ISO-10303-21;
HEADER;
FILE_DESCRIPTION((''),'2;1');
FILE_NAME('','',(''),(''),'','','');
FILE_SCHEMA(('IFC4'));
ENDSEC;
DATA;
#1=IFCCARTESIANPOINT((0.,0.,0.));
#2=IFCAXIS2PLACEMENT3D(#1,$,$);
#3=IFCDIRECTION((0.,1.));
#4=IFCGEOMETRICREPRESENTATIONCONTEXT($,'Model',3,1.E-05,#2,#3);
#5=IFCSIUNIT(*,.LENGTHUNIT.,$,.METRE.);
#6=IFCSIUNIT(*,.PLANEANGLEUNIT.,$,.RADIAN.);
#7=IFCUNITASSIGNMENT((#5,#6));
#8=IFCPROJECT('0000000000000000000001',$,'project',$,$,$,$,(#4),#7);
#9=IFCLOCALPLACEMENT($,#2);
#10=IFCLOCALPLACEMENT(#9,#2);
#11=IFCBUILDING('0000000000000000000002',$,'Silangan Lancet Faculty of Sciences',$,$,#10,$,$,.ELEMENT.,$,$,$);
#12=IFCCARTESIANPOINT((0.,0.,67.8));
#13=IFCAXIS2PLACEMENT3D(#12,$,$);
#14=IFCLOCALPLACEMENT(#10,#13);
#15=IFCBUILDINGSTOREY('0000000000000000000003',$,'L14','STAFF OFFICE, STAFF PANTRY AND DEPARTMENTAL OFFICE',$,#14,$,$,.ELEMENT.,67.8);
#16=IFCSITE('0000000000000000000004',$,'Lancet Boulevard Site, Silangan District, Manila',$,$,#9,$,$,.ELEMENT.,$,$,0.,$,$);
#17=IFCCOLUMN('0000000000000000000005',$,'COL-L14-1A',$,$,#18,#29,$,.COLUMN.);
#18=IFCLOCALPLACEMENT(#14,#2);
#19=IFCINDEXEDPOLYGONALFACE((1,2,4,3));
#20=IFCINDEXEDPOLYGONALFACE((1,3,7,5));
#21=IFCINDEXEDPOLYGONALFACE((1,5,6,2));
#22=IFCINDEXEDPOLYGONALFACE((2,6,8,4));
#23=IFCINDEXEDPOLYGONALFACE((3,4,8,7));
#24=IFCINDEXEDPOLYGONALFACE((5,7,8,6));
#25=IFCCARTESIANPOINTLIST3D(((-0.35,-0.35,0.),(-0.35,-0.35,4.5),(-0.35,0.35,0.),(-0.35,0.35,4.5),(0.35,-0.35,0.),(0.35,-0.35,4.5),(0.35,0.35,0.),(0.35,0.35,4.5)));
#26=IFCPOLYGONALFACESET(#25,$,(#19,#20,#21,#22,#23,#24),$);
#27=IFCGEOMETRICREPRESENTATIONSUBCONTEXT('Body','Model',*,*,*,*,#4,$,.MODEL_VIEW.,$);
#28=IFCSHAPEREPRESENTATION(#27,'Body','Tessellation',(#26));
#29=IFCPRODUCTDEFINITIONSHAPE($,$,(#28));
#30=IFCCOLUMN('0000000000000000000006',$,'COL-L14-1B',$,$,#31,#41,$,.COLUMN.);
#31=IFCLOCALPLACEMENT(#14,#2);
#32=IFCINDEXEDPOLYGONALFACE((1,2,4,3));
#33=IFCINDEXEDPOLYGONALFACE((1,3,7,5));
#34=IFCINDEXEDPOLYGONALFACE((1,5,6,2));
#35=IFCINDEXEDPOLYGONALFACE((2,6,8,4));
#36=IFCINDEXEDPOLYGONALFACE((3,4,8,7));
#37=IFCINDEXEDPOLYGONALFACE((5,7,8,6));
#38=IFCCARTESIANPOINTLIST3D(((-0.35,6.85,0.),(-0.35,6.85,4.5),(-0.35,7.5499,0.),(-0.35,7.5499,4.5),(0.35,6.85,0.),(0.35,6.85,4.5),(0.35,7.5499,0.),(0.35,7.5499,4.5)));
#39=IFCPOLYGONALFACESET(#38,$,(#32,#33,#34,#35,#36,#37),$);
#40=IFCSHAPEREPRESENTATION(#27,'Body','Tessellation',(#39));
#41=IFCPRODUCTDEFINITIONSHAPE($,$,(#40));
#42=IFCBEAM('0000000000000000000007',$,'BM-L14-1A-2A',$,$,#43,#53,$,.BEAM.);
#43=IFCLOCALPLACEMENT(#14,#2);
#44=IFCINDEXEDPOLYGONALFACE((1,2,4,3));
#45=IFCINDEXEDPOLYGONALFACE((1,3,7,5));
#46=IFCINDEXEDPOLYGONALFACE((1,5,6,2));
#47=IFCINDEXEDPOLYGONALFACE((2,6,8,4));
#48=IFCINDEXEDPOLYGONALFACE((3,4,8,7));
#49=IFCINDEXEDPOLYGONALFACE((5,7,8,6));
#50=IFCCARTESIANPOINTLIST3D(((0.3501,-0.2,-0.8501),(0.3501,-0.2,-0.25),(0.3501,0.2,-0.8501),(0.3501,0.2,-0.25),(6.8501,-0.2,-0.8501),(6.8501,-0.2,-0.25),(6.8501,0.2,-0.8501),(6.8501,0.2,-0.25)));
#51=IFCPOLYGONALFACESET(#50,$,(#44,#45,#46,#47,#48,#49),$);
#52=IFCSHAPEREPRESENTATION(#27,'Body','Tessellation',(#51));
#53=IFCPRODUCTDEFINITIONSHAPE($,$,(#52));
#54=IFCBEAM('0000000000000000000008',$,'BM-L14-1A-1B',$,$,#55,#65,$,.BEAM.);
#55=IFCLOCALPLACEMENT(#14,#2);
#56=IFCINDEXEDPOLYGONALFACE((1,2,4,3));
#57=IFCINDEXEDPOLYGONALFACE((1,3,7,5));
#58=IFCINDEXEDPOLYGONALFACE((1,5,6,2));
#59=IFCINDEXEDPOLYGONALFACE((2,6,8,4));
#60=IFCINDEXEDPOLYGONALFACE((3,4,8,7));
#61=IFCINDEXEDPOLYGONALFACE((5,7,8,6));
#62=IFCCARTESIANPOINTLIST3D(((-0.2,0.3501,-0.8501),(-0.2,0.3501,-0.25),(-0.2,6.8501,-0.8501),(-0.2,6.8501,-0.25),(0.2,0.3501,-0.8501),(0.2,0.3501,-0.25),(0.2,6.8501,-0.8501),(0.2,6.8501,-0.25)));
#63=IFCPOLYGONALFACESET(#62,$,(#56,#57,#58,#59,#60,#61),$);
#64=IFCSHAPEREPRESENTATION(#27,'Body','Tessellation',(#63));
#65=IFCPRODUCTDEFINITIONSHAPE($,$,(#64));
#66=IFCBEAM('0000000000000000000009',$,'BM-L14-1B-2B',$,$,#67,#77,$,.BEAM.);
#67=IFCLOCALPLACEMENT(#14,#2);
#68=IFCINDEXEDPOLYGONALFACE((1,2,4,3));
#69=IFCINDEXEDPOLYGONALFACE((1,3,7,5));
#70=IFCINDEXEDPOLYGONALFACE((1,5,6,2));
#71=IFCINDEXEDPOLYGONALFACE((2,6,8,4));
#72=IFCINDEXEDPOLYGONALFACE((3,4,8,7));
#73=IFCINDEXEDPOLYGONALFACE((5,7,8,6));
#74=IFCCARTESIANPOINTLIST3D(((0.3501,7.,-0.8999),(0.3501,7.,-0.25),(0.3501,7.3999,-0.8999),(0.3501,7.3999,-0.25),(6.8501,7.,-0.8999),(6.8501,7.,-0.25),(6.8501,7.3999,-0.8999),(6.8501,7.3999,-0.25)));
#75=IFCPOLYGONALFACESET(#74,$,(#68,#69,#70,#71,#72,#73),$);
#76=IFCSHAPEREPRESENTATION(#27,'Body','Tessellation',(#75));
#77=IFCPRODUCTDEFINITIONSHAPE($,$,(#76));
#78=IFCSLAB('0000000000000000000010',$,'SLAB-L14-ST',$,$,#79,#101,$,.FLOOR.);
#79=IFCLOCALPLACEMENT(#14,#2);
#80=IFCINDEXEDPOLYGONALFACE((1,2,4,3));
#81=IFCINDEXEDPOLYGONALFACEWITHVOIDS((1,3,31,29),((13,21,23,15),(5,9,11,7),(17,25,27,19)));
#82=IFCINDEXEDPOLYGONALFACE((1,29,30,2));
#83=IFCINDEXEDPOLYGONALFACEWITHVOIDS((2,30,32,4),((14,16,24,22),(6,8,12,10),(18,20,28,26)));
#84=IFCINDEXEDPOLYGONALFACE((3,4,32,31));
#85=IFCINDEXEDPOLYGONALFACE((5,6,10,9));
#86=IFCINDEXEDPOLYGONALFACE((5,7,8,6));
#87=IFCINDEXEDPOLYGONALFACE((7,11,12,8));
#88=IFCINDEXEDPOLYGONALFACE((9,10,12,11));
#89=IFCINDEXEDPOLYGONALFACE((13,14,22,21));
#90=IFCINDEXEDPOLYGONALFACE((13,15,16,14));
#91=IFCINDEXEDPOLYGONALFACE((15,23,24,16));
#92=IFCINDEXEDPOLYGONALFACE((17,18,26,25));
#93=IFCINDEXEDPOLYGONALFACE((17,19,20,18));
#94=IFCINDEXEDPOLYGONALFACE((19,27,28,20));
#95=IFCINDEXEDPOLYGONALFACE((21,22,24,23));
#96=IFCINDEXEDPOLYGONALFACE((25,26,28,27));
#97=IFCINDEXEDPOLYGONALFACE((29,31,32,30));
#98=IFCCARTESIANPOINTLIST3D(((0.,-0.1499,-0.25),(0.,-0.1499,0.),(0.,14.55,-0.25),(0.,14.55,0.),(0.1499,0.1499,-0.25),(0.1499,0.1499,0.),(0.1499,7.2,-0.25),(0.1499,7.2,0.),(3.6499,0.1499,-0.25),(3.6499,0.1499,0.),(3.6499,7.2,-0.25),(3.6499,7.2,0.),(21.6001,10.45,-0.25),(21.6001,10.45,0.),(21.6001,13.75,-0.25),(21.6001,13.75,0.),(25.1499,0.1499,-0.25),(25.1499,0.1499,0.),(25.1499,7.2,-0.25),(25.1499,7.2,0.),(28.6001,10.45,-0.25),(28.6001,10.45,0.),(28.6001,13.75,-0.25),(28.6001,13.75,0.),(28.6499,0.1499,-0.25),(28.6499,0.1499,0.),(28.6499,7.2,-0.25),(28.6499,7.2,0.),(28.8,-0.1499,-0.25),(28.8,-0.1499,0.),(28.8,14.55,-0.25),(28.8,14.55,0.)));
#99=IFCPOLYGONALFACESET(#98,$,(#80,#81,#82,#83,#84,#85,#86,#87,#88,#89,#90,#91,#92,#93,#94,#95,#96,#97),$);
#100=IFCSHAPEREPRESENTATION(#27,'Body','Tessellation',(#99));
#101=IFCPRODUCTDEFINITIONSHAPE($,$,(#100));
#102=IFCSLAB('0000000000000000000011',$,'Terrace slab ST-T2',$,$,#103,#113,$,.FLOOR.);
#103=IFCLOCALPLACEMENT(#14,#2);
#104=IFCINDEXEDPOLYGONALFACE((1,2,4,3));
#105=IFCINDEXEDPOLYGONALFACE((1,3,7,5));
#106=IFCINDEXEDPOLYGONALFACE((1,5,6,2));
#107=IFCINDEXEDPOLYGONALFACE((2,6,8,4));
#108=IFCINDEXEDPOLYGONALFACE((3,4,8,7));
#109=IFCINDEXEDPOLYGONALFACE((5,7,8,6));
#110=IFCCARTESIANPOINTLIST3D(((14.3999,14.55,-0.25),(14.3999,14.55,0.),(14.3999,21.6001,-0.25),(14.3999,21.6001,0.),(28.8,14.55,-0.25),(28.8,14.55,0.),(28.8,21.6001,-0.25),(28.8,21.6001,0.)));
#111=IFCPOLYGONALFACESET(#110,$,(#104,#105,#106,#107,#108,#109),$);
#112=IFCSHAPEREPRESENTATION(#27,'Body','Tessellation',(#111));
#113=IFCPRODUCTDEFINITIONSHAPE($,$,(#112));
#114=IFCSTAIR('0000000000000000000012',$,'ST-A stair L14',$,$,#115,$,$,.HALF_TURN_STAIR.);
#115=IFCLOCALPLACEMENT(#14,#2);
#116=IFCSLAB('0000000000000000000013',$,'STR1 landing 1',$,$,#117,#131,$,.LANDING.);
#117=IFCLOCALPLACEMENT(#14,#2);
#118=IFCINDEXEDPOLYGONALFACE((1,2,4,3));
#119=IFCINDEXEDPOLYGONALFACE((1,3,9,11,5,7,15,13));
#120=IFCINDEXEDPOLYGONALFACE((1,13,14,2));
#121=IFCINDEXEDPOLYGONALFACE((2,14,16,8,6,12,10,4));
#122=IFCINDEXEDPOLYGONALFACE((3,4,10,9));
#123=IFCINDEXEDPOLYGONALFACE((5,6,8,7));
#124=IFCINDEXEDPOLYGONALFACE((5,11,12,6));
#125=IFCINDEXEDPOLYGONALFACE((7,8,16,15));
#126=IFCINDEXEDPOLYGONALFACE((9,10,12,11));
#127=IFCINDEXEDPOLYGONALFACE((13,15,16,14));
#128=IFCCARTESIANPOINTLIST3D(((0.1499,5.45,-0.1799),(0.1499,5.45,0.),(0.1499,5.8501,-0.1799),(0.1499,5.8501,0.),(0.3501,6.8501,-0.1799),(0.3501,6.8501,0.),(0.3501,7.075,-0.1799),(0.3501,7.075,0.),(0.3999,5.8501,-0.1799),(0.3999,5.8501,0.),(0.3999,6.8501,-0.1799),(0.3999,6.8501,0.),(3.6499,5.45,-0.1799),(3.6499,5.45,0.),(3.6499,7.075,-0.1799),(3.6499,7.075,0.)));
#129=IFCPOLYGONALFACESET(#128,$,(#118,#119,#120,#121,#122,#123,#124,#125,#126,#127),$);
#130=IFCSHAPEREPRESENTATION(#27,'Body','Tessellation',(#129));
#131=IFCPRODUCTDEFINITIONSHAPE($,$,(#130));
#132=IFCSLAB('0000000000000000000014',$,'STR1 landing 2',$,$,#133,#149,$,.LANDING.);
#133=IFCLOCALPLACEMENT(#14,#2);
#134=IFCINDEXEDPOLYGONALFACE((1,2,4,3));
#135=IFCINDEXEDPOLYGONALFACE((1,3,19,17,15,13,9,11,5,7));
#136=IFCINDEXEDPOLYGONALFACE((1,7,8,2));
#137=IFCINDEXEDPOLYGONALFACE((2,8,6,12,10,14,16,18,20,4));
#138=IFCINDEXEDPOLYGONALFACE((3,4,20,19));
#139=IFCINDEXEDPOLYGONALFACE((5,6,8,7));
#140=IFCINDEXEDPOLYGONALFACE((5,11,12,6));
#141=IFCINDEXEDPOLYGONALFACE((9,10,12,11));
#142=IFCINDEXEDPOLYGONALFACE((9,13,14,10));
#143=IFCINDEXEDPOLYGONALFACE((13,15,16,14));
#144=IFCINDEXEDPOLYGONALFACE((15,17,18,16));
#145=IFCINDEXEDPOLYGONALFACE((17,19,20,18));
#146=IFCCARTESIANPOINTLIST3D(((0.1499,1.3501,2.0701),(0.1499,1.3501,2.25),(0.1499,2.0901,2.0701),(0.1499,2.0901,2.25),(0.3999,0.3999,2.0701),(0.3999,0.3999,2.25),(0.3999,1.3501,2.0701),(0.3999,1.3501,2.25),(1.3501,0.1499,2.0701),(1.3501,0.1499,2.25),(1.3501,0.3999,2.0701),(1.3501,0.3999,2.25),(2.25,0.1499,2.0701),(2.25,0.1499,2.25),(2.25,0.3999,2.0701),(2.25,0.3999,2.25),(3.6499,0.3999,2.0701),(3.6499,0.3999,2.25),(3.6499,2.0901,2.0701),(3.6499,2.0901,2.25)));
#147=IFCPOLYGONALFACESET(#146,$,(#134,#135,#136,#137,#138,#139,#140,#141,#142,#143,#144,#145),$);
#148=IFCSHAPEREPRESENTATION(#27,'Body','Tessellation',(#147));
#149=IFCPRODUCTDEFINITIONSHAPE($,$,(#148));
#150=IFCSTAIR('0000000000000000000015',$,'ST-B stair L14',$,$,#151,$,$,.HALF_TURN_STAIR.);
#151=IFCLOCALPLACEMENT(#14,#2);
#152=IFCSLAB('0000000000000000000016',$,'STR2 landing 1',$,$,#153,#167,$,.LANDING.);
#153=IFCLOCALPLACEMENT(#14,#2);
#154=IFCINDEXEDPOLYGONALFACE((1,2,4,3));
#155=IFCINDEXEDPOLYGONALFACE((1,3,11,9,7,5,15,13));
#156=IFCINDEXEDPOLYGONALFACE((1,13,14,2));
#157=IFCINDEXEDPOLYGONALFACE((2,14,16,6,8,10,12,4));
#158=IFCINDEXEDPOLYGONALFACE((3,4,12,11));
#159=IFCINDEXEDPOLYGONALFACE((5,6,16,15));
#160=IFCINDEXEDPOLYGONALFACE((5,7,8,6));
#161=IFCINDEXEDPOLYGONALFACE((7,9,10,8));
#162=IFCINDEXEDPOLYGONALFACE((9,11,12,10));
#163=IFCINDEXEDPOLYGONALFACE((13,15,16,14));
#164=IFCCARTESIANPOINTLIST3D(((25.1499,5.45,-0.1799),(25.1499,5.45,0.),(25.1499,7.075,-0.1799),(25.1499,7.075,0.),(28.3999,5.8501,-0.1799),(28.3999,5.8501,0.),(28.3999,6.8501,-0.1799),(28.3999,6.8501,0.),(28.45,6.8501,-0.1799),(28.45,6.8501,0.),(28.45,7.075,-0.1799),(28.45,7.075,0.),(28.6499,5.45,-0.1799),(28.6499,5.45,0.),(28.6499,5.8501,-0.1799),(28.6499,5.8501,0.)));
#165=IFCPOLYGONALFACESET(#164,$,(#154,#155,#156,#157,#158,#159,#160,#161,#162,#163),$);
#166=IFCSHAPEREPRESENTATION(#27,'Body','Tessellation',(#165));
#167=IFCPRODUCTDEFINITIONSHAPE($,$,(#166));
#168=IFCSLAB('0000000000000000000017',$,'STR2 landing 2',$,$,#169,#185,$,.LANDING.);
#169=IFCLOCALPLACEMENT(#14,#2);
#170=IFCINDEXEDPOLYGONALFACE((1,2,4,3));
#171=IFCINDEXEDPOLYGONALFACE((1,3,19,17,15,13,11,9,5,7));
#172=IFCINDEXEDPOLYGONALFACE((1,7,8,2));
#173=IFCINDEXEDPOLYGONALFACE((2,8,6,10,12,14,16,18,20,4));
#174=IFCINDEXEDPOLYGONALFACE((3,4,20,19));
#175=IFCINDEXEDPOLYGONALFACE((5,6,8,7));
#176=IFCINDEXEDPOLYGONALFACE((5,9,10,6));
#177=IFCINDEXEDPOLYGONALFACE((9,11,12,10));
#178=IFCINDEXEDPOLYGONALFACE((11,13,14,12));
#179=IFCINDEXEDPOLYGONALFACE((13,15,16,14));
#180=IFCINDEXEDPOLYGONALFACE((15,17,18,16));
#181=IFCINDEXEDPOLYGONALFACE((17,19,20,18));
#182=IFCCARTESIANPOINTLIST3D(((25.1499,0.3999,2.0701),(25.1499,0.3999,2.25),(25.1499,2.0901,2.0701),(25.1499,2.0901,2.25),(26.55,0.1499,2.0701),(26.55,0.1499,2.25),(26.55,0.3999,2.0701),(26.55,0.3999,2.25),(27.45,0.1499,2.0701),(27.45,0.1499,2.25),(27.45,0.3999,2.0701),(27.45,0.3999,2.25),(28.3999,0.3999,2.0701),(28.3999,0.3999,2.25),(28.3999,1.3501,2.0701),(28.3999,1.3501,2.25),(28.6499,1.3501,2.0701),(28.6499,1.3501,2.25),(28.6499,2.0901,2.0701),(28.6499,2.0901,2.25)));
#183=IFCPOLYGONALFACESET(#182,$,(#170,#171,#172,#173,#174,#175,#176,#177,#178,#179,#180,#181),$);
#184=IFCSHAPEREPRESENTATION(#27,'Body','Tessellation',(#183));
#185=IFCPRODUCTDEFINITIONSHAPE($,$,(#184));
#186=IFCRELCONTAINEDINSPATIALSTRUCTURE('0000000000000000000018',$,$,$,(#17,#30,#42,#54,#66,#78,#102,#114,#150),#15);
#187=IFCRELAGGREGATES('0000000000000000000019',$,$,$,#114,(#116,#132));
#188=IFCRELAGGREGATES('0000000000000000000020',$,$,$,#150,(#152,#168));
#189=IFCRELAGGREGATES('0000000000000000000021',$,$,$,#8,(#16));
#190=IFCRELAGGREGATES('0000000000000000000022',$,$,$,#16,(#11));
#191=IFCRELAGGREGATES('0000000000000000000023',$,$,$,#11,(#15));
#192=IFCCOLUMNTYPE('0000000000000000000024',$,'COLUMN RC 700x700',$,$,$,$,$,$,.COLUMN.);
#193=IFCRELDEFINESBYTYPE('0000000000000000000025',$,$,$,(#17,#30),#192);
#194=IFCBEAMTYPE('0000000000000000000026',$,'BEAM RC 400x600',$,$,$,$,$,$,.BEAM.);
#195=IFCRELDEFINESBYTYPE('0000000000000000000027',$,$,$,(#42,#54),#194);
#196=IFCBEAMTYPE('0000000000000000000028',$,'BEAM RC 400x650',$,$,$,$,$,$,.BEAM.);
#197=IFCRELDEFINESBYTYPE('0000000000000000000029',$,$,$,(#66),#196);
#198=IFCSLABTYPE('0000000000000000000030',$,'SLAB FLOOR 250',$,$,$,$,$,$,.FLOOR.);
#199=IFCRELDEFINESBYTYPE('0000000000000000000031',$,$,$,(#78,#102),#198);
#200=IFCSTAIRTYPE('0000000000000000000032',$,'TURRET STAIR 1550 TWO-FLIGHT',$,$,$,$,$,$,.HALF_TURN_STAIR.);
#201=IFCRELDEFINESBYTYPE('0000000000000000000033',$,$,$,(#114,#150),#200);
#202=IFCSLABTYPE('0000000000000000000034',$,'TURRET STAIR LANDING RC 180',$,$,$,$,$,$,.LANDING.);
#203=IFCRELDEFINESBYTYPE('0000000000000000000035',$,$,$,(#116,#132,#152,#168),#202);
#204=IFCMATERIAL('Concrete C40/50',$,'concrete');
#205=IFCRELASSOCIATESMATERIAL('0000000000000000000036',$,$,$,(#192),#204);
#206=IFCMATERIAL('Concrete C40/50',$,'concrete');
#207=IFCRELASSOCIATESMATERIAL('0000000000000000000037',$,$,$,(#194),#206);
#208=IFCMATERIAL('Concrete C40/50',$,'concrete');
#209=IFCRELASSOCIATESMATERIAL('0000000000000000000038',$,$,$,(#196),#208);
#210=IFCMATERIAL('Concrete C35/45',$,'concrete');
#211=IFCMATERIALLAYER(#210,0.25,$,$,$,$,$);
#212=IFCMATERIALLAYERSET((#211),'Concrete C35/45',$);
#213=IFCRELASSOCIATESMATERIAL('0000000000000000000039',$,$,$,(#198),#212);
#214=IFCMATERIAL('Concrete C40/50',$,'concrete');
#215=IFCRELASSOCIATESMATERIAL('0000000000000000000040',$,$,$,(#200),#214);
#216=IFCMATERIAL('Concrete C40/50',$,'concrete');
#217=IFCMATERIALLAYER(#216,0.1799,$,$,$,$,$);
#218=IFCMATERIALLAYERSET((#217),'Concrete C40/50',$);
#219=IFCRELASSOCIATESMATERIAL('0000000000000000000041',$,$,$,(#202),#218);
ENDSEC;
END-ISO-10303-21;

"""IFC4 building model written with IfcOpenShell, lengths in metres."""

from ifc_helpers import new_model, si_unit, direction, frame, origin, origin_2d, place, context, subcontext, project, spatial, polyline, rectangle, outline, extrude, material, layer, layer_set, material_profile, profile_set, type_object, element, aggregate, save


model = new_model("IFC4")

# Units and contexts
model_context = context("Model", 3, precision=1e-05, world=origin(), true_north=direction((0.0, 1.0)))
body_context = subcontext(model_context, "Body", "Model", "MODEL_VIEW")
ifc_project = project(units=[si_unit("LENGTHUNIT", "METRE"), si_unit("PLANEANGLEUNIT", "RADIAN")], contexts=[model_context])

# Site, building, storey
site_placement = place(None, origin())
site = spatial("IfcSite", under=ifc_project, at=site_placement, Name="Lancet Boulevard Site, Silangan District, Manila", CompositionType="ELEMENT", RefElevation=0.0)
building_placement = place(site_placement, origin())
building = spatial("IfcBuilding", under=site, at=building_placement, Name="Silangan Lancet Faculty of Sciences", CompositionType="ELEMENT")
storey_placement = place(building_placement, frame((0.0, 0.0, 67.8)))
storey = spatial("IfcBuildingStorey", under=building, at=storey_placement, Name="L14", Description="STAFF OFFICE, STAFF PANTRY AND DEPARTMENTAL OFFICE", CompositionType="ELEMENT", Elevation=67.8)

# Columns
ifc_material_1 = material(Name="Concrete C40/50", Category="concrete")
ifc_material_profile_1 = material_profile(ifc_material_1, rectangle(XDim=0.7, YDim=0.7, at=origin_2d()), Name="RC 700x700")
ifc_profile_set_1 = profile_set([ifc_material_profile_1], Name="Concrete C40/50")
column_type = type_object("IfcColumnType", Name="COLUMN RC 700x700", PredefinedType="COLUMN", material=ifc_profile_set_1)
for number, where, z_axis, x_axis, name in (
    (1, (0.0, 0.0, 0.0), (0.0, 0.0, 1.0), (1.0, 0.0, 0.0), "COL-L14-1A"),
    (2, (0.0, 7.2, 0.0), (0.0, 0.0, 1.0), (1.0, 0.0, 0.0), "COL-L14-1B"),
):
    element("IfcColumn", number, at=place(storey_placement, frame(where, z_axis=z_axis, x_axis=x_axis)), inside=storey, type_object=column_type, Name=name, PredefinedType="COLUMN", context=body_context, shape_type="SweptSolid", body=[
        extrude(rectangle(XDim=0.7, YDim=0.7, at=origin_2d()), origin(), (0.0, 0.0, 1.0), 4.5),
    ])

# Beams
ifc_material_2 = material(Name="Concrete C40/50", Category="concrete")
ifc_material_profile_2 = material_profile(ifc_material_2, rectangle(XDim=0.3999, YDim=0.6001, at=origin_2d()), Name="RC 400x600")
ifc_profile_set_2 = profile_set([ifc_material_profile_2], Name="Concrete C40/50")
beam_type_1 = type_object("IfcBeamType", Name="BEAM RC 400x600", PredefinedType="BEAM", material=ifc_profile_set_2)
for number, where, z_axis, x_axis, name in (
    (3, (0.3501, 0.0, -0.55), (1.0, 0.0, 0.0), (0.0, 1.0, 0.0), "BM-L14-1A-2A"),
    (4, (0.0, 0.3501, -0.55), (0.0, 1.0, 0.0), (-1.0, 0.0, 0.0), "BM-L14-1A-1B"),
):
    element("IfcBeam", number, at=place(storey_placement, frame(where, z_axis=z_axis, x_axis=x_axis)), inside=storey, type_object=beam_type_1, Name=name, PredefinedType="BEAM", context=body_context, shape_type="SweptSolid", body=[
        extrude(rectangle(XDim=0.3999, YDim=0.6001, at=origin_2d()), origin(), (0.0, 0.0, 1.0), 6.5),
    ])
ifc_material_3 = material(Name="Concrete C40/50", Category="concrete")
ifc_material_profile_3 = material_profile(ifc_material_3, rectangle(XDim=0.3999, YDim=0.6499, at=origin_2d()), Name="RC 400x650")
ifc_profile_set_3 = profile_set([ifc_material_profile_3], Name="Concrete C40/50")
beam_type_2 = type_object("IfcBeamType", Name="BEAM RC 400x650", PredefinedType="BEAM", material=ifc_profile_set_3)
beam_placement = place(storey_placement, frame((0.3501, 7.2, -0.575), z_axis=(1.0, 0.0, 0.0), x_axis=(0.0, 1.0, 0.0)))
element("IfcBeam", 5, at=beam_placement, inside=storey, type_object=beam_type_2, Name="BM-L14-1B-2B", PredefinedType="BEAM", context=body_context, shape_type="SweptSolid", body=[
    extrude(rectangle(XDim=0.3999, YDim=0.6499, at=origin_2d()), origin(), (0.0, 0.0, 1.0), 6.5),
])

# Slabs
ifc_material_4 = material(Name="Concrete C35/45", Category="concrete")
ifc_layer_1 = layer(ifc_material_4, 0.25)
ifc_layer_set_1 = layer_set([ifc_layer_1], Name="Concrete C35/45")
slab_type_1 = type_object("IfcSlabType", Name="SLAB FLOOR 250", PredefinedType="FLOOR", material=ifc_layer_set_1)
slab_1_placement = place(storey_placement, frame((0.0, 0.0, -0.25)))
element("IfcSlab", 6, at=slab_1_placement, inside=storey, type_object=slab_type_1, Name="SLAB-L14-ST", PredefinedType="FLOOR", context=body_context, shape_type="SweptSolid", body=[
    extrude(outline(polyline([(0.0, 14.55), (0.0, -0.1499), (28.8, -0.1499), (28.8, 14.55), (0.0, 14.55)]), holes=[polyline([(0.1499, 0.1499), (0.1499, 7.2), (3.6499, 7.2), (3.6499, 0.1499), (0.1499, 0.1499)]), polyline([(25.1499, 7.2), (28.6499, 7.2), (28.6499, 0.1499), (25.1499, 0.1499), (25.1499, 7.2)]), polyline([(21.6001, 13.75), (28.6001, 13.75), (28.6001, 10.45), (21.6001, 10.45), (21.6001, 13.75)])]), origin(), (0.0, 0.0, 1.0), 0.25),
])
slab_2_placement = place(storey_placement, frame((0.0, 0.0, -0.25)))
element("IfcSlab", 7, at=slab_2_placement, inside=storey, type_object=slab_type_1, Name="Terrace slab ST-T2", PredefinedType="FLOOR", context=body_context, shape_type="SweptSolid", body=[
    extrude(outline(polyline([(14.3999, 21.6001), (14.3999, 14.55), (28.8, 14.55), (28.8, 21.6001), (14.3999, 21.6001)])), origin(), (0.0, 0.0, 1.0), 0.25),
])

# Stairs, slabs
ifc_material_5 = material(Name="Concrete C40/50", Category="concrete")
stair_type = type_object("IfcStairType", Name="TURRET STAIR 1550 TWO-FLIGHT", PredefinedType="HALF_TURN_STAIR", material=ifc_material_5)
stair_1_placement = place(storey_placement, origin())
stair_1 = element("IfcStair", 8, at=stair_1_placement, inside=storey, type_object=stair_type, Name="ST-A stair L14", PredefinedType="HALF_TURN_STAIR")
ifc_material_6 = material(Name="Concrete C40/50", Category="concrete")
ifc_layer_2 = layer(ifc_material_6, 0.1799)
ifc_layer_set_2 = layer_set([ifc_layer_2], Name="Concrete C40/50")
slab_type_2 = type_object("IfcSlabType", Name="TURRET STAIR LANDING RC 180", PredefinedType="LANDING", material=ifc_layer_set_2)
slab_3_placement = place(storey_placement, frame((0.0, 0.0, -0.1799)))
slab_3 = element("IfcSlab", 9, at=slab_3_placement, type_object=slab_type_2, Name="STR1 landing 1", PredefinedType="LANDING", context=body_context, shape_type="SweptSolid", body=[
    extrude(outline(polyline([(0.3501, 6.8501), (0.3501, 7.075), (3.6499, 7.075), (3.6499, 5.45), (0.1499, 5.45), (0.1499, 5.8501), (0.3999, 5.8501), (0.3999, 6.8501), (0.3501, 6.8501)])), origin(), (0.0, 0.0, 1.0), 0.1799),
])
slab_4_placement = place(storey_placement, frame((0.0, 0.0, 2.0701)))
slab_4 = element("IfcSlab", 10, at=slab_4_placement, type_object=slab_type_2, Name="STR1 landing 2", PredefinedType="LANDING", context=body_context, shape_type="SweptSolid", body=[
    extrude(outline(polyline([(1.3501, 0.1499), (1.3501, 0.3999), (0.3999, 0.3999), (0.3999, 1.3501), (0.1499, 1.3501), (0.1499, 2.0901), (3.6499, 2.0901), (3.6499, 0.3999), (2.25, 0.3999), (2.25, 0.1499), (1.3501, 0.1499)])), origin(), (0.0, 0.0, 1.0), 0.1799),
])
aggregate(stair_1, [slab_3, slab_4])
stair_2_placement = place(storey_placement, origin())
stair_2 = element("IfcStair", 11, at=stair_2_placement, inside=storey, type_object=stair_type, Name="ST-B stair L14", PredefinedType="HALF_TURN_STAIR")
slab_5_placement = place(storey_placement, frame((0.0, 0.0, -0.1799)))
slab_5 = element("IfcSlab", 12, at=slab_5_placement, type_object=slab_type_2, Name="STR2 landing 1", PredefinedType="LANDING", context=body_context, shape_type="SweptSolid", body=[
    extrude(outline(polyline([(28.3999, 6.8501), (28.3999, 5.8501), (28.6499, 5.8501), (28.6499, 5.45), (25.1499, 5.45), (25.1499, 7.075), (28.45, 7.075), (28.45, 6.8501), (28.3999, 6.8501)])), origin(), (0.0, 0.0, 1.0), 0.1799),
])
slab_6_placement = place(storey_placement, frame((0.0, 0.0, 2.0701)))
slab_6 = element("IfcSlab", 13, at=slab_6_placement, type_object=slab_type_2, Name="STR2 landing 2", PredefinedType="LANDING", context=body_context, shape_type="SweptSolid", body=[
    extrude(outline(polyline([(26.55, 0.1499), (26.55, 0.3999), (25.1499, 0.3999), (25.1499, 2.0901), (28.6499, 2.0901), (28.6499, 1.3501), (28.3999, 1.3501), (28.3999, 0.3999), (27.45, 0.3999), (27.45, 0.1499), (26.55, 0.1499)])), origin(), (0.0, 0.0, 1.0), 0.1799),
])
aggregate(stair_2, [slab_5, slab_6])

save(model, "model.ifc")
